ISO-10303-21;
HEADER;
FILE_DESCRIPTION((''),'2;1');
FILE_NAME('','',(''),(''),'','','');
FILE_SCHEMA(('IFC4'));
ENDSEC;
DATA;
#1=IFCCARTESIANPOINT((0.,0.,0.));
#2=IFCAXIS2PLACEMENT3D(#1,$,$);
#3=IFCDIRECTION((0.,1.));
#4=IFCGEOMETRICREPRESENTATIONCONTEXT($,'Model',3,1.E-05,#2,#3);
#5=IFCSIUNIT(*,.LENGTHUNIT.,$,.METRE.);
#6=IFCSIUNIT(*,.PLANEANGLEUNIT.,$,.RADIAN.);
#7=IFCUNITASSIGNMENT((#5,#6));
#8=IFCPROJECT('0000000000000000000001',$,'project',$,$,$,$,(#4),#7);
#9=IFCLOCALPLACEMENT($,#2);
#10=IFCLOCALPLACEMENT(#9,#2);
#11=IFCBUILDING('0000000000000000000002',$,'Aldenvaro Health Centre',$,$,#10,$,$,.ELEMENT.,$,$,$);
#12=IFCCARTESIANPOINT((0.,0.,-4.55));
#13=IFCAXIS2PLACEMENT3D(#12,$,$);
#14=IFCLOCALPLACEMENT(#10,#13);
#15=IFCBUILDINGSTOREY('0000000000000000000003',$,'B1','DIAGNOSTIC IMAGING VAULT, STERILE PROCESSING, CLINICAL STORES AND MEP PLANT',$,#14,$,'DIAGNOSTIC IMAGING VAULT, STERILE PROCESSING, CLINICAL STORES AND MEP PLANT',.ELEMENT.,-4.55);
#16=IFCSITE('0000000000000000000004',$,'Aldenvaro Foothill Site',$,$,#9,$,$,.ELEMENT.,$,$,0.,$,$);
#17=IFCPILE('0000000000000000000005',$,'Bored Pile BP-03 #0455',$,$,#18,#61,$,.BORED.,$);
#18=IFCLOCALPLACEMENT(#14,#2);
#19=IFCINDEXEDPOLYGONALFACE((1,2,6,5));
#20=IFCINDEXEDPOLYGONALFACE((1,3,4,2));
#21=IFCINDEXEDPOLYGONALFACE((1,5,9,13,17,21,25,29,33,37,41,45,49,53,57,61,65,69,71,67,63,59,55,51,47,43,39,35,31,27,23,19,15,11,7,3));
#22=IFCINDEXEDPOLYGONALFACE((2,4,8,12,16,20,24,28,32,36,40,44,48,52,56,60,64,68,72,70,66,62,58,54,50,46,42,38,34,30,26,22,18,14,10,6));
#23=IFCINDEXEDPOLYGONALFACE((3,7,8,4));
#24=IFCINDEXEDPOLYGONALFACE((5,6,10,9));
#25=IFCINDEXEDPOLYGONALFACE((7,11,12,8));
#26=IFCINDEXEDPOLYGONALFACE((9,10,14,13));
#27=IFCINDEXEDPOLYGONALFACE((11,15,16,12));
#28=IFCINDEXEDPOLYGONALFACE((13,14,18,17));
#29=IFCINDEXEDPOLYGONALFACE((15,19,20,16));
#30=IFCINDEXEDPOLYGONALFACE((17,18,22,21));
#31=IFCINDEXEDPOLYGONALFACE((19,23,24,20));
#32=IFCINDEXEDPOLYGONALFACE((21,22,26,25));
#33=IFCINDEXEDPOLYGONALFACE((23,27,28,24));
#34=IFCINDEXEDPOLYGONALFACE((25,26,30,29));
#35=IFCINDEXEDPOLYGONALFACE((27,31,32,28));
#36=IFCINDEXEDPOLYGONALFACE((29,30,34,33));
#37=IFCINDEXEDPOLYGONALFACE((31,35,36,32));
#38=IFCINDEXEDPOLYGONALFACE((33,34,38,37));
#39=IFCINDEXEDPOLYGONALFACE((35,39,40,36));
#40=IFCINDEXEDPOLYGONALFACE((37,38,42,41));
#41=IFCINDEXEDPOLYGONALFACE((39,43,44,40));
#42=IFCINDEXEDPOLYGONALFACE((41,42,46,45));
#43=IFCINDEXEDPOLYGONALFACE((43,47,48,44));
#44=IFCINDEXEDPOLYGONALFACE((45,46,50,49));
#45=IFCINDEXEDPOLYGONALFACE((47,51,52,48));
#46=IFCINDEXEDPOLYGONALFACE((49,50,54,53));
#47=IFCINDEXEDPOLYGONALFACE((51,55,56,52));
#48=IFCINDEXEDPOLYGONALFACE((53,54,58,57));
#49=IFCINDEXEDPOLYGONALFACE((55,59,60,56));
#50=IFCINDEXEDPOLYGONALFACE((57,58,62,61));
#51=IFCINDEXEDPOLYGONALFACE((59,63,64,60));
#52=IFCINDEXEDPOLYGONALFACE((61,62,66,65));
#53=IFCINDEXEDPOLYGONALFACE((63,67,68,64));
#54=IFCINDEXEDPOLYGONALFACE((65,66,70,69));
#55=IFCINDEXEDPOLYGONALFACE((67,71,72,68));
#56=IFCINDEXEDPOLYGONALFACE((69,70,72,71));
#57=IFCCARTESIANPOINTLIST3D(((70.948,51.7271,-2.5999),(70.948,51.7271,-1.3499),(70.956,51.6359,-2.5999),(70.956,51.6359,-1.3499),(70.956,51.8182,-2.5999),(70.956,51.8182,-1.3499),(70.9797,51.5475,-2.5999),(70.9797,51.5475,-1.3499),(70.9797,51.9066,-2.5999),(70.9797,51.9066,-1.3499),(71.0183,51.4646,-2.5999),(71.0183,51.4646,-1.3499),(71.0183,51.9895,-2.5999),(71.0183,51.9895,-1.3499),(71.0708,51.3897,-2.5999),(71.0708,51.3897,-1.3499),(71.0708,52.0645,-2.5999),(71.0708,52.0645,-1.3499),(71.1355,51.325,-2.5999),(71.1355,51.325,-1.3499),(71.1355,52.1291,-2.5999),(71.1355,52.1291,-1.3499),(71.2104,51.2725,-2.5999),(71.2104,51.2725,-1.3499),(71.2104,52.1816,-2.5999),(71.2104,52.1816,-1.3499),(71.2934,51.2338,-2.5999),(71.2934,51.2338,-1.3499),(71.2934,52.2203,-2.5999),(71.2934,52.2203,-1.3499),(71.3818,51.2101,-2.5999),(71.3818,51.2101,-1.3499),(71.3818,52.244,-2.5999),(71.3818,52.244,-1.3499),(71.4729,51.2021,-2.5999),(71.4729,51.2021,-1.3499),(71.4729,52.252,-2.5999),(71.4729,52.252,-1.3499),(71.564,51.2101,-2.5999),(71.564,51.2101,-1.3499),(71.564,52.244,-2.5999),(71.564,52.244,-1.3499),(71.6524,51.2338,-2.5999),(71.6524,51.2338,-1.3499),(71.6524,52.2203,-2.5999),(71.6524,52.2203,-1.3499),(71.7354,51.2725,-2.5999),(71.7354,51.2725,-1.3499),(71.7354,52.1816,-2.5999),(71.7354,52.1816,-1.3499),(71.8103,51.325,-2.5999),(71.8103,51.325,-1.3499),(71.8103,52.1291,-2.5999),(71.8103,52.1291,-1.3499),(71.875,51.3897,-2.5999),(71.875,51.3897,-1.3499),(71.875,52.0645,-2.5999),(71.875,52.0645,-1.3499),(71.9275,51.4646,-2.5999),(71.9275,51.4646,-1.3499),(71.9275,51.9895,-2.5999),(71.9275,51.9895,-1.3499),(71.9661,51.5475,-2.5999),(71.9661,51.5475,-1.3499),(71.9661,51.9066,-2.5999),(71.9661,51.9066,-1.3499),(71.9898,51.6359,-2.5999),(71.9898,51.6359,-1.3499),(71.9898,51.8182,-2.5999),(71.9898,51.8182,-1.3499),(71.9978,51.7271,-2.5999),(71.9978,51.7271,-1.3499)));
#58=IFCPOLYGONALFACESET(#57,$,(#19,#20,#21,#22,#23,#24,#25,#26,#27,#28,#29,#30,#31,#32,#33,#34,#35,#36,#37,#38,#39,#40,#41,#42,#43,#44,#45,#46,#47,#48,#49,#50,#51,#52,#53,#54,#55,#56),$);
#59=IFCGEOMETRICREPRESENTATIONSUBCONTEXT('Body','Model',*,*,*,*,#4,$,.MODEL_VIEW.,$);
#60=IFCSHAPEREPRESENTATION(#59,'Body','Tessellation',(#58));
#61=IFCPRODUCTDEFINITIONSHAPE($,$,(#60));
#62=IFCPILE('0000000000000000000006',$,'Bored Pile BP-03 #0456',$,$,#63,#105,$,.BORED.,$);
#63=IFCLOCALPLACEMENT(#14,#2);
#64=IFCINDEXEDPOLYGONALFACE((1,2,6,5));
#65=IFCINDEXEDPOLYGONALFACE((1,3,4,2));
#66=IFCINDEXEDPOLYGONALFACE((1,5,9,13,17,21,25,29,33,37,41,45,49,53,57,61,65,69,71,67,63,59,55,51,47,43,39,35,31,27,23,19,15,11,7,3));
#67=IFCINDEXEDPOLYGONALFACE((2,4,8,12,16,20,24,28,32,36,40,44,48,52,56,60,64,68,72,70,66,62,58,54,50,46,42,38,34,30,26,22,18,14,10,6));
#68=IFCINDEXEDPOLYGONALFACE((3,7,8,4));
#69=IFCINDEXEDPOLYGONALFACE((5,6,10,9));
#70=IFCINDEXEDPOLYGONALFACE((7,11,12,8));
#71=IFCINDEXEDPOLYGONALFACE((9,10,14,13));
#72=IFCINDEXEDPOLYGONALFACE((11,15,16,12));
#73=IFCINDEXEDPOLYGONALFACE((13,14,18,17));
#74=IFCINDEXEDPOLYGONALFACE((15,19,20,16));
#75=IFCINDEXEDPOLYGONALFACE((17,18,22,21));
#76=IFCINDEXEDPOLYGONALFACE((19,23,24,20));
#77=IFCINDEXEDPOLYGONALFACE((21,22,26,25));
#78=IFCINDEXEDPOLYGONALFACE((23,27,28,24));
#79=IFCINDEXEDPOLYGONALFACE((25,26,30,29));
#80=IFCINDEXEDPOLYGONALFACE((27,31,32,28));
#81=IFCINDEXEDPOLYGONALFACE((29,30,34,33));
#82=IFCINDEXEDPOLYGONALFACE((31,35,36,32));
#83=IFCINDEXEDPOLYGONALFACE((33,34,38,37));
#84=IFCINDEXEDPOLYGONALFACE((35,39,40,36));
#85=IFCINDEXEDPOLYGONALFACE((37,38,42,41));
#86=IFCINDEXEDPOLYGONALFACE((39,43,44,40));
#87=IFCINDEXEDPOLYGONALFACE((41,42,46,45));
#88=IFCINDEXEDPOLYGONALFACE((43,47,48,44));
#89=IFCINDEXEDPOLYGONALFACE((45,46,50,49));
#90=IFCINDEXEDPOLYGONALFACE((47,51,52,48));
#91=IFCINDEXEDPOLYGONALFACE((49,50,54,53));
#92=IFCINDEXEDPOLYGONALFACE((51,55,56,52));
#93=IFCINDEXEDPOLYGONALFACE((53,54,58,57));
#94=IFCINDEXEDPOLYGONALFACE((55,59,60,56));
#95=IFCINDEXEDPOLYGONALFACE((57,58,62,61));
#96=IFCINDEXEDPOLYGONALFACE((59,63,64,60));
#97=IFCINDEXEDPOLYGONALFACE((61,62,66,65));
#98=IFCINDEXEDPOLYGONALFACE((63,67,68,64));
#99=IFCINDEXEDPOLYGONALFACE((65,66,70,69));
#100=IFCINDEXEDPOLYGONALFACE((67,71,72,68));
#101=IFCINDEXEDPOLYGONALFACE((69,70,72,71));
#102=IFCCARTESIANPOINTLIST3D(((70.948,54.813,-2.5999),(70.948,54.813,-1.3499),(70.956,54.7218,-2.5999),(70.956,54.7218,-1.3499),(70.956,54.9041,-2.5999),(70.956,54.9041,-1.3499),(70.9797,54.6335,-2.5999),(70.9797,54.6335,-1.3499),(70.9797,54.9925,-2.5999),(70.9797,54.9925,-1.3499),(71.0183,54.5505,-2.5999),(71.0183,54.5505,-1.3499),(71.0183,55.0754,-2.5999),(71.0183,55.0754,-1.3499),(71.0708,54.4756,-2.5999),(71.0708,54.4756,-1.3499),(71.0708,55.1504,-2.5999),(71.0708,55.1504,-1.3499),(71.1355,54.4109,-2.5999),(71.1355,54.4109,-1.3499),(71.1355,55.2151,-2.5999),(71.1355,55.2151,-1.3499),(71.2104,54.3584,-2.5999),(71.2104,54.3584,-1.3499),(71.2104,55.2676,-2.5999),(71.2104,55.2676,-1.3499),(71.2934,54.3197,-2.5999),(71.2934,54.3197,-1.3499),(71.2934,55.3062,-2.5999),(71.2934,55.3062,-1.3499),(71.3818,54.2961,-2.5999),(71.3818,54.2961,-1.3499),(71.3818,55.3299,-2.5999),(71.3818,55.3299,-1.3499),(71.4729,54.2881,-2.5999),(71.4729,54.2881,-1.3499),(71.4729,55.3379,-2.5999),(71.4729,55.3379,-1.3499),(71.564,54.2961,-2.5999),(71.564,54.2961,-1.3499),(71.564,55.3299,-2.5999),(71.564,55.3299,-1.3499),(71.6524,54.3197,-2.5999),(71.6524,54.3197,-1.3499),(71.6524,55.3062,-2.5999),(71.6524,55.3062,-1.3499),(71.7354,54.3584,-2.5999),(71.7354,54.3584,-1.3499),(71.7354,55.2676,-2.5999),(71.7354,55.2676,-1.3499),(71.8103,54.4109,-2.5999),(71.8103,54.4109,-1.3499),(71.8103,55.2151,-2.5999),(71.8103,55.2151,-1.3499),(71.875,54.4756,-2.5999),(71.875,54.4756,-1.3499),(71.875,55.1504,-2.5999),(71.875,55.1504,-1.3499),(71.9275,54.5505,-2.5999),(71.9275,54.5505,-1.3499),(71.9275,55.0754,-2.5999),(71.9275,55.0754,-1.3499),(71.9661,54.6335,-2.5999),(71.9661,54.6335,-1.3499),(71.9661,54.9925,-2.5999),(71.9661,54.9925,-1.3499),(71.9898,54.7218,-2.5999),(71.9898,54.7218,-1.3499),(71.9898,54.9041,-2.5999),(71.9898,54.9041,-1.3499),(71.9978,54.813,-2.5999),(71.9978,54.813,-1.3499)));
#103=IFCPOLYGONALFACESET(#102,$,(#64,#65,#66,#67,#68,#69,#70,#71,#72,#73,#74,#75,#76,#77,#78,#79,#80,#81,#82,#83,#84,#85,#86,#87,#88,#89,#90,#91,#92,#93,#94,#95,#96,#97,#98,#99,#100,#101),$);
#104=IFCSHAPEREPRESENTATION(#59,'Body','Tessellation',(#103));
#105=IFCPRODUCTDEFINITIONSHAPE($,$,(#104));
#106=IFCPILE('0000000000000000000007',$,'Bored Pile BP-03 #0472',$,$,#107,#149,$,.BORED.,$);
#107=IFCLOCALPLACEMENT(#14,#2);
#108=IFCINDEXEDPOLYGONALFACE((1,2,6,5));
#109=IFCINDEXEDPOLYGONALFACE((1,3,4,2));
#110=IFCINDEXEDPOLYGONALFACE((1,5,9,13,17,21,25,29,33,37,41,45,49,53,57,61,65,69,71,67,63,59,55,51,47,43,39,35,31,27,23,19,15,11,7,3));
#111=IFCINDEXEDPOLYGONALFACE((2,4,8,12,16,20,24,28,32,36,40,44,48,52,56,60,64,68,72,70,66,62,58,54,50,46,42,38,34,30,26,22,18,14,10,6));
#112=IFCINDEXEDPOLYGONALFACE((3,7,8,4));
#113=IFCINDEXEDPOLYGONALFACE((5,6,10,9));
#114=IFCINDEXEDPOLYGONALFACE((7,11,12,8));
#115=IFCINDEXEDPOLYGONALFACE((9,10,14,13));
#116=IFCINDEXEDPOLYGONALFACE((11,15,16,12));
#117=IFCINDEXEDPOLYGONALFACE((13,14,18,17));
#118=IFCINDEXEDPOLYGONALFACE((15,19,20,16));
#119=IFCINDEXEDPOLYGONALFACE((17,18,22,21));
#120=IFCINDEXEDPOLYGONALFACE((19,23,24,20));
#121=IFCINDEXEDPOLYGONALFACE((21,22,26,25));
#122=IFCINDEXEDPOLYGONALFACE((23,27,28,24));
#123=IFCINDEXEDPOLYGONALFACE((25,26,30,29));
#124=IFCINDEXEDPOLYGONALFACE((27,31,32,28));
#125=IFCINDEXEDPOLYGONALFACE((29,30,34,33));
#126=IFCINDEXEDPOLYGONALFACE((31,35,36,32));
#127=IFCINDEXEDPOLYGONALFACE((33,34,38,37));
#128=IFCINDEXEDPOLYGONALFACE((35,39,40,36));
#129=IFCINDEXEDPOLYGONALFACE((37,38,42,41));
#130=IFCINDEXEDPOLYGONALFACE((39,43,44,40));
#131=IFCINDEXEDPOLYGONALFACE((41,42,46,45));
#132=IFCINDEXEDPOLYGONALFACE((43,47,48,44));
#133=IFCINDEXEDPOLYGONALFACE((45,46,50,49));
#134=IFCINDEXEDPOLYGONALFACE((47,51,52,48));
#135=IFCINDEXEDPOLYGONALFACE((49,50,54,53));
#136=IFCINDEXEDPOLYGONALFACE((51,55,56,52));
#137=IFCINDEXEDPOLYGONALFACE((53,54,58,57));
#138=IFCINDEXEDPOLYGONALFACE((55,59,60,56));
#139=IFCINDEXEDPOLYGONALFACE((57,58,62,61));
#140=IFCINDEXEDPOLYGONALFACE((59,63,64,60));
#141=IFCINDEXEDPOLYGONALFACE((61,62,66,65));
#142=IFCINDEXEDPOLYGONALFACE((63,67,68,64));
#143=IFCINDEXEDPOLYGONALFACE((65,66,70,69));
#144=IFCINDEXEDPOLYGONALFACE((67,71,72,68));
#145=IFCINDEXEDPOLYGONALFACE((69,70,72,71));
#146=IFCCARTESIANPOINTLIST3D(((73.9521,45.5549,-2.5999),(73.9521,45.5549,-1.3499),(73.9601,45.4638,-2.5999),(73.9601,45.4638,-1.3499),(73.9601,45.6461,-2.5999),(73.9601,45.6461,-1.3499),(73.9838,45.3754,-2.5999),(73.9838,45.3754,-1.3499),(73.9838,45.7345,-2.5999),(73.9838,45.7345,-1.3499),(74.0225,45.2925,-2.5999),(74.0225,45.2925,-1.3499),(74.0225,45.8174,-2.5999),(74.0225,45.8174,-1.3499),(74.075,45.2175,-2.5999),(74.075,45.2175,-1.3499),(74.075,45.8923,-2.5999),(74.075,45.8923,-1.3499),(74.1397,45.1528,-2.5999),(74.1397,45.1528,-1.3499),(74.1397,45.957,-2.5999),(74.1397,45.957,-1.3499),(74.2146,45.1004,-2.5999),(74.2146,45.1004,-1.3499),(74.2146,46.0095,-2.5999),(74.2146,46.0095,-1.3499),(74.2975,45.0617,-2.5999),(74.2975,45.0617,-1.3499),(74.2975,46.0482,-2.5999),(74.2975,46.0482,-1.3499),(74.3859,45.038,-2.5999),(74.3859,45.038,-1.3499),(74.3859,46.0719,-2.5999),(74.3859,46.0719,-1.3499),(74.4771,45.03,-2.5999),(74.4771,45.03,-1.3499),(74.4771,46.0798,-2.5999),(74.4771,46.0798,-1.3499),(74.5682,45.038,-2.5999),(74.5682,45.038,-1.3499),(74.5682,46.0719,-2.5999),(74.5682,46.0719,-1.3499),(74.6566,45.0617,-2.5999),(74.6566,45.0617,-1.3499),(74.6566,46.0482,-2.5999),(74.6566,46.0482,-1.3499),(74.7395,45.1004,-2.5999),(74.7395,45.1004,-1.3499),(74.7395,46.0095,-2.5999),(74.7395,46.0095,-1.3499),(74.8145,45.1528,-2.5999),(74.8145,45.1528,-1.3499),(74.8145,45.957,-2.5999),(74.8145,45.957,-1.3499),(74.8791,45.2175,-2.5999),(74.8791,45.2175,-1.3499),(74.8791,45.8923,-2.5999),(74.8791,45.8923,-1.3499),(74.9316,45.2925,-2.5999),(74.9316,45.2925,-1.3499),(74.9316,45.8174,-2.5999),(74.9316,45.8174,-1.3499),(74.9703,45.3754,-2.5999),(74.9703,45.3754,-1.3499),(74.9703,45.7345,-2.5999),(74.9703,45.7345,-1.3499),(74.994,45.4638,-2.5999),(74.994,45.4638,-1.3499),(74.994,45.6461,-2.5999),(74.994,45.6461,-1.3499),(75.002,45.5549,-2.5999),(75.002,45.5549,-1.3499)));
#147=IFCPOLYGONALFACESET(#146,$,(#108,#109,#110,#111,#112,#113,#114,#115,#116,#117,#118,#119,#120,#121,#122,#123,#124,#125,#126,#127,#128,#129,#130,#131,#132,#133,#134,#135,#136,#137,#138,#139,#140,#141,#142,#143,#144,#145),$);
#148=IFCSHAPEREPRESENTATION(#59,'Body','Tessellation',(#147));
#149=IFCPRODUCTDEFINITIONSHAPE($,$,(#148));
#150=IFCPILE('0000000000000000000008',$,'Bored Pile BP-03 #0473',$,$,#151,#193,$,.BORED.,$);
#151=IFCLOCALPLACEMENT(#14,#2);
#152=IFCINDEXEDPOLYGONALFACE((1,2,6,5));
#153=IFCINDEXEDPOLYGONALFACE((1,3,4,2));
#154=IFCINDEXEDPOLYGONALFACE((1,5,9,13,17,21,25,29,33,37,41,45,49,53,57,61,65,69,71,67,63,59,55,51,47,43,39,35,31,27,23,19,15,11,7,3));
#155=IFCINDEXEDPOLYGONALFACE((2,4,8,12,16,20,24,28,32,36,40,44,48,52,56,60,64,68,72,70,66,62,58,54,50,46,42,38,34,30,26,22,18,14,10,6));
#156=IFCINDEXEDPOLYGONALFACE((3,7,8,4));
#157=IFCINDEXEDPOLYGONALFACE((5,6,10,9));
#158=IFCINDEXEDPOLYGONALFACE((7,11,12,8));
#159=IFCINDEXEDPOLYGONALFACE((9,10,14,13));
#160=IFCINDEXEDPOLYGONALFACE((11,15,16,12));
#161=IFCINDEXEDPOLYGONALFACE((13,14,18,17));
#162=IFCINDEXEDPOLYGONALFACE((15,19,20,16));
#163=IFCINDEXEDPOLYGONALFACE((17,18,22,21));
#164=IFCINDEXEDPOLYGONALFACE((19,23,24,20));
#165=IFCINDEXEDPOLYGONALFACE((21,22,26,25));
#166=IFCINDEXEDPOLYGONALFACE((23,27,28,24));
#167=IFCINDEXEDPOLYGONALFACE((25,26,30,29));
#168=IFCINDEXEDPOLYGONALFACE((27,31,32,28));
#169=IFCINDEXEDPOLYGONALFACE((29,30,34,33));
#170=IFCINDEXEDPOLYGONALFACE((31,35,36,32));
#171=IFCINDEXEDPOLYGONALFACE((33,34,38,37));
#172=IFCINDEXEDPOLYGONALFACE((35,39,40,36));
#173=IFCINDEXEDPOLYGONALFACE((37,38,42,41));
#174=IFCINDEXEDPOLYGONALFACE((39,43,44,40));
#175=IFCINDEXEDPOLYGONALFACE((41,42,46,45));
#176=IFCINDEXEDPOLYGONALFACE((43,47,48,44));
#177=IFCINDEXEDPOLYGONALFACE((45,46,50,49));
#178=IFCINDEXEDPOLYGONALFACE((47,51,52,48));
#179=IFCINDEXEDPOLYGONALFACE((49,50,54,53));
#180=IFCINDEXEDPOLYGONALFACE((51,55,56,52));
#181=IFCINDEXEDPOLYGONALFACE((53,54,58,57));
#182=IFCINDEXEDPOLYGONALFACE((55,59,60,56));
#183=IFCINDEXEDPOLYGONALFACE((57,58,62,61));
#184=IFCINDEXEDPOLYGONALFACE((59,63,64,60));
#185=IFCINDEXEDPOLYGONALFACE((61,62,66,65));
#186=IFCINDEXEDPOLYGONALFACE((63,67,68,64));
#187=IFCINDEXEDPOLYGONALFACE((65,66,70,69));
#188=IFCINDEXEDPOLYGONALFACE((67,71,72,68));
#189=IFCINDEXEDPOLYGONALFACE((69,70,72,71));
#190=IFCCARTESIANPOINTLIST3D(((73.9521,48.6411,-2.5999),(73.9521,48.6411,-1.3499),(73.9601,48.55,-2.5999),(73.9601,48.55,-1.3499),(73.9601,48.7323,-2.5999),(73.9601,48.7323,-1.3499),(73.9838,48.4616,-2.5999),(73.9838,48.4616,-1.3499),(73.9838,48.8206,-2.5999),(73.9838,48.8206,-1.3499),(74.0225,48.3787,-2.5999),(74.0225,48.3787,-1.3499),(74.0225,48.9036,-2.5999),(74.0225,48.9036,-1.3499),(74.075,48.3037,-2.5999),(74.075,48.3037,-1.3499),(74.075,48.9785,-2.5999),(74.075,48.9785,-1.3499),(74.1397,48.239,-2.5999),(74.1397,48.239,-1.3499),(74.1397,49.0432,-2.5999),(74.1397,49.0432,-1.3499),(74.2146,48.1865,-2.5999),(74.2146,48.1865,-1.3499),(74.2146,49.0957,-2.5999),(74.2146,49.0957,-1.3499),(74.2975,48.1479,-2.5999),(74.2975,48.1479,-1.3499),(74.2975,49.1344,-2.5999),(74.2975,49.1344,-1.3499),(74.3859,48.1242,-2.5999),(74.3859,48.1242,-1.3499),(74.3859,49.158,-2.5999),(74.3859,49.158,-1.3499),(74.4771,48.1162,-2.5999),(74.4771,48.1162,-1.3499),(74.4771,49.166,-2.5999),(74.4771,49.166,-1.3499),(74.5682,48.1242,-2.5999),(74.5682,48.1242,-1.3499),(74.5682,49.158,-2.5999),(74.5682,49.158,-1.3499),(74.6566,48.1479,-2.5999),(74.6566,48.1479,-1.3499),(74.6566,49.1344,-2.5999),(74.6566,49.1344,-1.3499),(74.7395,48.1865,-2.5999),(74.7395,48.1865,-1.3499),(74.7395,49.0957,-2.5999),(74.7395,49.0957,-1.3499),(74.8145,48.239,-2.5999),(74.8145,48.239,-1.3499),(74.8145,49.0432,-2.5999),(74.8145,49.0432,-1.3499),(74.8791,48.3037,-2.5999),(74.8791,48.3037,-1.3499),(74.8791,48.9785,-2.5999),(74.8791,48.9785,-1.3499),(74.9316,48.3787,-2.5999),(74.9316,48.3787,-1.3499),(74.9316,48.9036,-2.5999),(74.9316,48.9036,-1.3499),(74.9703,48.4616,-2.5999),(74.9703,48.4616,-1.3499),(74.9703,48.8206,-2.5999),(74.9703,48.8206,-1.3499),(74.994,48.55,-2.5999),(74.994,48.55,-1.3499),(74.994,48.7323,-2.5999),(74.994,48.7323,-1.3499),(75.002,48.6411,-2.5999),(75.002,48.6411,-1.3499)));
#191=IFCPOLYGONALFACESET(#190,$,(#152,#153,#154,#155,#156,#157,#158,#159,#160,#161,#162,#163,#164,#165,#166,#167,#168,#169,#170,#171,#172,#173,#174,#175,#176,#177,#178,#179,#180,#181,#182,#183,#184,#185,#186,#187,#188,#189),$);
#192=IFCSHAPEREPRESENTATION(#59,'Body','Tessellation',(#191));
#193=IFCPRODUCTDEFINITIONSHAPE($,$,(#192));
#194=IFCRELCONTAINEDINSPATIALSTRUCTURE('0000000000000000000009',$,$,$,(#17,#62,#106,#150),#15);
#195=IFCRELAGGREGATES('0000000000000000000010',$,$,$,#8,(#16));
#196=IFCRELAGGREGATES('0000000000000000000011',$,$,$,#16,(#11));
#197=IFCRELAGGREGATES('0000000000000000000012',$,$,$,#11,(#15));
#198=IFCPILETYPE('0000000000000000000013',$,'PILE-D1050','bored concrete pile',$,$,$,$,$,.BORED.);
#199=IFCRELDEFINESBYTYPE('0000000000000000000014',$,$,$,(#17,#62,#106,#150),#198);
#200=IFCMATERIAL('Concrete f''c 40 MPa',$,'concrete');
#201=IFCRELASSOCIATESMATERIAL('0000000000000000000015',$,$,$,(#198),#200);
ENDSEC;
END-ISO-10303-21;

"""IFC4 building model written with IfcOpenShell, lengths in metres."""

from ifc_helpers import new_model, si_unit, direction, frame, origin, origin_2d, place, context, subcontext, project, spatial, circle, extrude, material, material_profile, profile_set, type_object, element, save


model = new_model("IFC4")

# Units and contexts
model_context = context("Model", 3, precision=1e-05, world=origin(), true_north=direction((0.0, 1.0)))
body_context = subcontext(model_context, "Body", "Model", "MODEL_VIEW")
ifc_project = project(units=[si_unit("LENGTHUNIT", "METRE"), si_unit("PLANEANGLEUNIT", "RADIAN")], contexts=[model_context])

# Site, building, storey
site_placement = place(None, origin())
site = spatial("IfcSite", under=ifc_project, at=site_placement, Name="Aldenvaro Foothill Site", CompositionType="ELEMENT", RefElevation=0.0)
building_placement = place(site_placement, origin())
building = spatial("IfcBuilding", under=site, at=building_placement, Name="Aldenvaro Health Centre", CompositionType="ELEMENT")
storey_placement = place(building_placement, frame((0.0, 0.0, -4.55)))
storey = spatial("IfcBuildingStorey", under=building, at=storey_placement, Name="B1", Description="DIAGNOSTIC IMAGING VAULT, STERILE PROCESSING, CLINICAL STORES AND MEP PLANT", LongName="DIAGNOSTIC IMAGING VAULT, STERILE PROCESSING, CLINICAL STORES AND MEP PLANT", CompositionType="ELEMENT", Elevation=-4.55)

# Piles
ifc_material = material(Name="Concrete f'c 40 MPa", Category="concrete")
ifc_material_profile_1 = material_profile(ifc_material, circle(Radius=0.5249, at=origin_2d()), Name="PILE D1050", Category="concrete")
ifc_profile_set_1 = profile_set([ifc_material_profile_1], Name="Concrete f'c 40 MPa")
pile_type = type_object("IfcPileType", Name="PILE-D1050", Description="bored concrete pile", PredefinedType="BORED", material=ifc_profile_set_1)
for number, where, z_axis, x_axis, name in (
    (1, (71.4729, 51.7271, -1.3499), (0.0, 0.0, -1.0), (1.0, 0.0, 0.0), "Bored Pile BP-03 #0455"),
    (2, (71.4729, 54.813, -1.3499), (0.0, 0.0, -1.0), (1.0, 0.0, 0.0), "Bored Pile BP-03 #0456"),
    (3, (74.4771, 45.5549, -1.3499), (0.0, 0.0, -1.0), (1.0, 0.0, 0.0), "Bored Pile BP-03 #0472"),
    (4, (74.4771, 48.6411, -1.3499), (0.0, 0.0, -1.0), (1.0, 0.0, 0.0), "Bored Pile BP-03 #0473"),
):
    element("IfcPile", number, at=place(storey_placement, frame(where, z_axis=z_axis, x_axis=x_axis)), inside=storey, type_object=pile_type, Name=name, PredefinedType="BORED", context=body_context, shape_type="SweptSolid", body=[
        extrude(circle(Radius=0.5249, at=origin_2d()), origin(), (0.0, 0.0, 1.0), 1.25),
    ])

save(model, "model.ifc")
